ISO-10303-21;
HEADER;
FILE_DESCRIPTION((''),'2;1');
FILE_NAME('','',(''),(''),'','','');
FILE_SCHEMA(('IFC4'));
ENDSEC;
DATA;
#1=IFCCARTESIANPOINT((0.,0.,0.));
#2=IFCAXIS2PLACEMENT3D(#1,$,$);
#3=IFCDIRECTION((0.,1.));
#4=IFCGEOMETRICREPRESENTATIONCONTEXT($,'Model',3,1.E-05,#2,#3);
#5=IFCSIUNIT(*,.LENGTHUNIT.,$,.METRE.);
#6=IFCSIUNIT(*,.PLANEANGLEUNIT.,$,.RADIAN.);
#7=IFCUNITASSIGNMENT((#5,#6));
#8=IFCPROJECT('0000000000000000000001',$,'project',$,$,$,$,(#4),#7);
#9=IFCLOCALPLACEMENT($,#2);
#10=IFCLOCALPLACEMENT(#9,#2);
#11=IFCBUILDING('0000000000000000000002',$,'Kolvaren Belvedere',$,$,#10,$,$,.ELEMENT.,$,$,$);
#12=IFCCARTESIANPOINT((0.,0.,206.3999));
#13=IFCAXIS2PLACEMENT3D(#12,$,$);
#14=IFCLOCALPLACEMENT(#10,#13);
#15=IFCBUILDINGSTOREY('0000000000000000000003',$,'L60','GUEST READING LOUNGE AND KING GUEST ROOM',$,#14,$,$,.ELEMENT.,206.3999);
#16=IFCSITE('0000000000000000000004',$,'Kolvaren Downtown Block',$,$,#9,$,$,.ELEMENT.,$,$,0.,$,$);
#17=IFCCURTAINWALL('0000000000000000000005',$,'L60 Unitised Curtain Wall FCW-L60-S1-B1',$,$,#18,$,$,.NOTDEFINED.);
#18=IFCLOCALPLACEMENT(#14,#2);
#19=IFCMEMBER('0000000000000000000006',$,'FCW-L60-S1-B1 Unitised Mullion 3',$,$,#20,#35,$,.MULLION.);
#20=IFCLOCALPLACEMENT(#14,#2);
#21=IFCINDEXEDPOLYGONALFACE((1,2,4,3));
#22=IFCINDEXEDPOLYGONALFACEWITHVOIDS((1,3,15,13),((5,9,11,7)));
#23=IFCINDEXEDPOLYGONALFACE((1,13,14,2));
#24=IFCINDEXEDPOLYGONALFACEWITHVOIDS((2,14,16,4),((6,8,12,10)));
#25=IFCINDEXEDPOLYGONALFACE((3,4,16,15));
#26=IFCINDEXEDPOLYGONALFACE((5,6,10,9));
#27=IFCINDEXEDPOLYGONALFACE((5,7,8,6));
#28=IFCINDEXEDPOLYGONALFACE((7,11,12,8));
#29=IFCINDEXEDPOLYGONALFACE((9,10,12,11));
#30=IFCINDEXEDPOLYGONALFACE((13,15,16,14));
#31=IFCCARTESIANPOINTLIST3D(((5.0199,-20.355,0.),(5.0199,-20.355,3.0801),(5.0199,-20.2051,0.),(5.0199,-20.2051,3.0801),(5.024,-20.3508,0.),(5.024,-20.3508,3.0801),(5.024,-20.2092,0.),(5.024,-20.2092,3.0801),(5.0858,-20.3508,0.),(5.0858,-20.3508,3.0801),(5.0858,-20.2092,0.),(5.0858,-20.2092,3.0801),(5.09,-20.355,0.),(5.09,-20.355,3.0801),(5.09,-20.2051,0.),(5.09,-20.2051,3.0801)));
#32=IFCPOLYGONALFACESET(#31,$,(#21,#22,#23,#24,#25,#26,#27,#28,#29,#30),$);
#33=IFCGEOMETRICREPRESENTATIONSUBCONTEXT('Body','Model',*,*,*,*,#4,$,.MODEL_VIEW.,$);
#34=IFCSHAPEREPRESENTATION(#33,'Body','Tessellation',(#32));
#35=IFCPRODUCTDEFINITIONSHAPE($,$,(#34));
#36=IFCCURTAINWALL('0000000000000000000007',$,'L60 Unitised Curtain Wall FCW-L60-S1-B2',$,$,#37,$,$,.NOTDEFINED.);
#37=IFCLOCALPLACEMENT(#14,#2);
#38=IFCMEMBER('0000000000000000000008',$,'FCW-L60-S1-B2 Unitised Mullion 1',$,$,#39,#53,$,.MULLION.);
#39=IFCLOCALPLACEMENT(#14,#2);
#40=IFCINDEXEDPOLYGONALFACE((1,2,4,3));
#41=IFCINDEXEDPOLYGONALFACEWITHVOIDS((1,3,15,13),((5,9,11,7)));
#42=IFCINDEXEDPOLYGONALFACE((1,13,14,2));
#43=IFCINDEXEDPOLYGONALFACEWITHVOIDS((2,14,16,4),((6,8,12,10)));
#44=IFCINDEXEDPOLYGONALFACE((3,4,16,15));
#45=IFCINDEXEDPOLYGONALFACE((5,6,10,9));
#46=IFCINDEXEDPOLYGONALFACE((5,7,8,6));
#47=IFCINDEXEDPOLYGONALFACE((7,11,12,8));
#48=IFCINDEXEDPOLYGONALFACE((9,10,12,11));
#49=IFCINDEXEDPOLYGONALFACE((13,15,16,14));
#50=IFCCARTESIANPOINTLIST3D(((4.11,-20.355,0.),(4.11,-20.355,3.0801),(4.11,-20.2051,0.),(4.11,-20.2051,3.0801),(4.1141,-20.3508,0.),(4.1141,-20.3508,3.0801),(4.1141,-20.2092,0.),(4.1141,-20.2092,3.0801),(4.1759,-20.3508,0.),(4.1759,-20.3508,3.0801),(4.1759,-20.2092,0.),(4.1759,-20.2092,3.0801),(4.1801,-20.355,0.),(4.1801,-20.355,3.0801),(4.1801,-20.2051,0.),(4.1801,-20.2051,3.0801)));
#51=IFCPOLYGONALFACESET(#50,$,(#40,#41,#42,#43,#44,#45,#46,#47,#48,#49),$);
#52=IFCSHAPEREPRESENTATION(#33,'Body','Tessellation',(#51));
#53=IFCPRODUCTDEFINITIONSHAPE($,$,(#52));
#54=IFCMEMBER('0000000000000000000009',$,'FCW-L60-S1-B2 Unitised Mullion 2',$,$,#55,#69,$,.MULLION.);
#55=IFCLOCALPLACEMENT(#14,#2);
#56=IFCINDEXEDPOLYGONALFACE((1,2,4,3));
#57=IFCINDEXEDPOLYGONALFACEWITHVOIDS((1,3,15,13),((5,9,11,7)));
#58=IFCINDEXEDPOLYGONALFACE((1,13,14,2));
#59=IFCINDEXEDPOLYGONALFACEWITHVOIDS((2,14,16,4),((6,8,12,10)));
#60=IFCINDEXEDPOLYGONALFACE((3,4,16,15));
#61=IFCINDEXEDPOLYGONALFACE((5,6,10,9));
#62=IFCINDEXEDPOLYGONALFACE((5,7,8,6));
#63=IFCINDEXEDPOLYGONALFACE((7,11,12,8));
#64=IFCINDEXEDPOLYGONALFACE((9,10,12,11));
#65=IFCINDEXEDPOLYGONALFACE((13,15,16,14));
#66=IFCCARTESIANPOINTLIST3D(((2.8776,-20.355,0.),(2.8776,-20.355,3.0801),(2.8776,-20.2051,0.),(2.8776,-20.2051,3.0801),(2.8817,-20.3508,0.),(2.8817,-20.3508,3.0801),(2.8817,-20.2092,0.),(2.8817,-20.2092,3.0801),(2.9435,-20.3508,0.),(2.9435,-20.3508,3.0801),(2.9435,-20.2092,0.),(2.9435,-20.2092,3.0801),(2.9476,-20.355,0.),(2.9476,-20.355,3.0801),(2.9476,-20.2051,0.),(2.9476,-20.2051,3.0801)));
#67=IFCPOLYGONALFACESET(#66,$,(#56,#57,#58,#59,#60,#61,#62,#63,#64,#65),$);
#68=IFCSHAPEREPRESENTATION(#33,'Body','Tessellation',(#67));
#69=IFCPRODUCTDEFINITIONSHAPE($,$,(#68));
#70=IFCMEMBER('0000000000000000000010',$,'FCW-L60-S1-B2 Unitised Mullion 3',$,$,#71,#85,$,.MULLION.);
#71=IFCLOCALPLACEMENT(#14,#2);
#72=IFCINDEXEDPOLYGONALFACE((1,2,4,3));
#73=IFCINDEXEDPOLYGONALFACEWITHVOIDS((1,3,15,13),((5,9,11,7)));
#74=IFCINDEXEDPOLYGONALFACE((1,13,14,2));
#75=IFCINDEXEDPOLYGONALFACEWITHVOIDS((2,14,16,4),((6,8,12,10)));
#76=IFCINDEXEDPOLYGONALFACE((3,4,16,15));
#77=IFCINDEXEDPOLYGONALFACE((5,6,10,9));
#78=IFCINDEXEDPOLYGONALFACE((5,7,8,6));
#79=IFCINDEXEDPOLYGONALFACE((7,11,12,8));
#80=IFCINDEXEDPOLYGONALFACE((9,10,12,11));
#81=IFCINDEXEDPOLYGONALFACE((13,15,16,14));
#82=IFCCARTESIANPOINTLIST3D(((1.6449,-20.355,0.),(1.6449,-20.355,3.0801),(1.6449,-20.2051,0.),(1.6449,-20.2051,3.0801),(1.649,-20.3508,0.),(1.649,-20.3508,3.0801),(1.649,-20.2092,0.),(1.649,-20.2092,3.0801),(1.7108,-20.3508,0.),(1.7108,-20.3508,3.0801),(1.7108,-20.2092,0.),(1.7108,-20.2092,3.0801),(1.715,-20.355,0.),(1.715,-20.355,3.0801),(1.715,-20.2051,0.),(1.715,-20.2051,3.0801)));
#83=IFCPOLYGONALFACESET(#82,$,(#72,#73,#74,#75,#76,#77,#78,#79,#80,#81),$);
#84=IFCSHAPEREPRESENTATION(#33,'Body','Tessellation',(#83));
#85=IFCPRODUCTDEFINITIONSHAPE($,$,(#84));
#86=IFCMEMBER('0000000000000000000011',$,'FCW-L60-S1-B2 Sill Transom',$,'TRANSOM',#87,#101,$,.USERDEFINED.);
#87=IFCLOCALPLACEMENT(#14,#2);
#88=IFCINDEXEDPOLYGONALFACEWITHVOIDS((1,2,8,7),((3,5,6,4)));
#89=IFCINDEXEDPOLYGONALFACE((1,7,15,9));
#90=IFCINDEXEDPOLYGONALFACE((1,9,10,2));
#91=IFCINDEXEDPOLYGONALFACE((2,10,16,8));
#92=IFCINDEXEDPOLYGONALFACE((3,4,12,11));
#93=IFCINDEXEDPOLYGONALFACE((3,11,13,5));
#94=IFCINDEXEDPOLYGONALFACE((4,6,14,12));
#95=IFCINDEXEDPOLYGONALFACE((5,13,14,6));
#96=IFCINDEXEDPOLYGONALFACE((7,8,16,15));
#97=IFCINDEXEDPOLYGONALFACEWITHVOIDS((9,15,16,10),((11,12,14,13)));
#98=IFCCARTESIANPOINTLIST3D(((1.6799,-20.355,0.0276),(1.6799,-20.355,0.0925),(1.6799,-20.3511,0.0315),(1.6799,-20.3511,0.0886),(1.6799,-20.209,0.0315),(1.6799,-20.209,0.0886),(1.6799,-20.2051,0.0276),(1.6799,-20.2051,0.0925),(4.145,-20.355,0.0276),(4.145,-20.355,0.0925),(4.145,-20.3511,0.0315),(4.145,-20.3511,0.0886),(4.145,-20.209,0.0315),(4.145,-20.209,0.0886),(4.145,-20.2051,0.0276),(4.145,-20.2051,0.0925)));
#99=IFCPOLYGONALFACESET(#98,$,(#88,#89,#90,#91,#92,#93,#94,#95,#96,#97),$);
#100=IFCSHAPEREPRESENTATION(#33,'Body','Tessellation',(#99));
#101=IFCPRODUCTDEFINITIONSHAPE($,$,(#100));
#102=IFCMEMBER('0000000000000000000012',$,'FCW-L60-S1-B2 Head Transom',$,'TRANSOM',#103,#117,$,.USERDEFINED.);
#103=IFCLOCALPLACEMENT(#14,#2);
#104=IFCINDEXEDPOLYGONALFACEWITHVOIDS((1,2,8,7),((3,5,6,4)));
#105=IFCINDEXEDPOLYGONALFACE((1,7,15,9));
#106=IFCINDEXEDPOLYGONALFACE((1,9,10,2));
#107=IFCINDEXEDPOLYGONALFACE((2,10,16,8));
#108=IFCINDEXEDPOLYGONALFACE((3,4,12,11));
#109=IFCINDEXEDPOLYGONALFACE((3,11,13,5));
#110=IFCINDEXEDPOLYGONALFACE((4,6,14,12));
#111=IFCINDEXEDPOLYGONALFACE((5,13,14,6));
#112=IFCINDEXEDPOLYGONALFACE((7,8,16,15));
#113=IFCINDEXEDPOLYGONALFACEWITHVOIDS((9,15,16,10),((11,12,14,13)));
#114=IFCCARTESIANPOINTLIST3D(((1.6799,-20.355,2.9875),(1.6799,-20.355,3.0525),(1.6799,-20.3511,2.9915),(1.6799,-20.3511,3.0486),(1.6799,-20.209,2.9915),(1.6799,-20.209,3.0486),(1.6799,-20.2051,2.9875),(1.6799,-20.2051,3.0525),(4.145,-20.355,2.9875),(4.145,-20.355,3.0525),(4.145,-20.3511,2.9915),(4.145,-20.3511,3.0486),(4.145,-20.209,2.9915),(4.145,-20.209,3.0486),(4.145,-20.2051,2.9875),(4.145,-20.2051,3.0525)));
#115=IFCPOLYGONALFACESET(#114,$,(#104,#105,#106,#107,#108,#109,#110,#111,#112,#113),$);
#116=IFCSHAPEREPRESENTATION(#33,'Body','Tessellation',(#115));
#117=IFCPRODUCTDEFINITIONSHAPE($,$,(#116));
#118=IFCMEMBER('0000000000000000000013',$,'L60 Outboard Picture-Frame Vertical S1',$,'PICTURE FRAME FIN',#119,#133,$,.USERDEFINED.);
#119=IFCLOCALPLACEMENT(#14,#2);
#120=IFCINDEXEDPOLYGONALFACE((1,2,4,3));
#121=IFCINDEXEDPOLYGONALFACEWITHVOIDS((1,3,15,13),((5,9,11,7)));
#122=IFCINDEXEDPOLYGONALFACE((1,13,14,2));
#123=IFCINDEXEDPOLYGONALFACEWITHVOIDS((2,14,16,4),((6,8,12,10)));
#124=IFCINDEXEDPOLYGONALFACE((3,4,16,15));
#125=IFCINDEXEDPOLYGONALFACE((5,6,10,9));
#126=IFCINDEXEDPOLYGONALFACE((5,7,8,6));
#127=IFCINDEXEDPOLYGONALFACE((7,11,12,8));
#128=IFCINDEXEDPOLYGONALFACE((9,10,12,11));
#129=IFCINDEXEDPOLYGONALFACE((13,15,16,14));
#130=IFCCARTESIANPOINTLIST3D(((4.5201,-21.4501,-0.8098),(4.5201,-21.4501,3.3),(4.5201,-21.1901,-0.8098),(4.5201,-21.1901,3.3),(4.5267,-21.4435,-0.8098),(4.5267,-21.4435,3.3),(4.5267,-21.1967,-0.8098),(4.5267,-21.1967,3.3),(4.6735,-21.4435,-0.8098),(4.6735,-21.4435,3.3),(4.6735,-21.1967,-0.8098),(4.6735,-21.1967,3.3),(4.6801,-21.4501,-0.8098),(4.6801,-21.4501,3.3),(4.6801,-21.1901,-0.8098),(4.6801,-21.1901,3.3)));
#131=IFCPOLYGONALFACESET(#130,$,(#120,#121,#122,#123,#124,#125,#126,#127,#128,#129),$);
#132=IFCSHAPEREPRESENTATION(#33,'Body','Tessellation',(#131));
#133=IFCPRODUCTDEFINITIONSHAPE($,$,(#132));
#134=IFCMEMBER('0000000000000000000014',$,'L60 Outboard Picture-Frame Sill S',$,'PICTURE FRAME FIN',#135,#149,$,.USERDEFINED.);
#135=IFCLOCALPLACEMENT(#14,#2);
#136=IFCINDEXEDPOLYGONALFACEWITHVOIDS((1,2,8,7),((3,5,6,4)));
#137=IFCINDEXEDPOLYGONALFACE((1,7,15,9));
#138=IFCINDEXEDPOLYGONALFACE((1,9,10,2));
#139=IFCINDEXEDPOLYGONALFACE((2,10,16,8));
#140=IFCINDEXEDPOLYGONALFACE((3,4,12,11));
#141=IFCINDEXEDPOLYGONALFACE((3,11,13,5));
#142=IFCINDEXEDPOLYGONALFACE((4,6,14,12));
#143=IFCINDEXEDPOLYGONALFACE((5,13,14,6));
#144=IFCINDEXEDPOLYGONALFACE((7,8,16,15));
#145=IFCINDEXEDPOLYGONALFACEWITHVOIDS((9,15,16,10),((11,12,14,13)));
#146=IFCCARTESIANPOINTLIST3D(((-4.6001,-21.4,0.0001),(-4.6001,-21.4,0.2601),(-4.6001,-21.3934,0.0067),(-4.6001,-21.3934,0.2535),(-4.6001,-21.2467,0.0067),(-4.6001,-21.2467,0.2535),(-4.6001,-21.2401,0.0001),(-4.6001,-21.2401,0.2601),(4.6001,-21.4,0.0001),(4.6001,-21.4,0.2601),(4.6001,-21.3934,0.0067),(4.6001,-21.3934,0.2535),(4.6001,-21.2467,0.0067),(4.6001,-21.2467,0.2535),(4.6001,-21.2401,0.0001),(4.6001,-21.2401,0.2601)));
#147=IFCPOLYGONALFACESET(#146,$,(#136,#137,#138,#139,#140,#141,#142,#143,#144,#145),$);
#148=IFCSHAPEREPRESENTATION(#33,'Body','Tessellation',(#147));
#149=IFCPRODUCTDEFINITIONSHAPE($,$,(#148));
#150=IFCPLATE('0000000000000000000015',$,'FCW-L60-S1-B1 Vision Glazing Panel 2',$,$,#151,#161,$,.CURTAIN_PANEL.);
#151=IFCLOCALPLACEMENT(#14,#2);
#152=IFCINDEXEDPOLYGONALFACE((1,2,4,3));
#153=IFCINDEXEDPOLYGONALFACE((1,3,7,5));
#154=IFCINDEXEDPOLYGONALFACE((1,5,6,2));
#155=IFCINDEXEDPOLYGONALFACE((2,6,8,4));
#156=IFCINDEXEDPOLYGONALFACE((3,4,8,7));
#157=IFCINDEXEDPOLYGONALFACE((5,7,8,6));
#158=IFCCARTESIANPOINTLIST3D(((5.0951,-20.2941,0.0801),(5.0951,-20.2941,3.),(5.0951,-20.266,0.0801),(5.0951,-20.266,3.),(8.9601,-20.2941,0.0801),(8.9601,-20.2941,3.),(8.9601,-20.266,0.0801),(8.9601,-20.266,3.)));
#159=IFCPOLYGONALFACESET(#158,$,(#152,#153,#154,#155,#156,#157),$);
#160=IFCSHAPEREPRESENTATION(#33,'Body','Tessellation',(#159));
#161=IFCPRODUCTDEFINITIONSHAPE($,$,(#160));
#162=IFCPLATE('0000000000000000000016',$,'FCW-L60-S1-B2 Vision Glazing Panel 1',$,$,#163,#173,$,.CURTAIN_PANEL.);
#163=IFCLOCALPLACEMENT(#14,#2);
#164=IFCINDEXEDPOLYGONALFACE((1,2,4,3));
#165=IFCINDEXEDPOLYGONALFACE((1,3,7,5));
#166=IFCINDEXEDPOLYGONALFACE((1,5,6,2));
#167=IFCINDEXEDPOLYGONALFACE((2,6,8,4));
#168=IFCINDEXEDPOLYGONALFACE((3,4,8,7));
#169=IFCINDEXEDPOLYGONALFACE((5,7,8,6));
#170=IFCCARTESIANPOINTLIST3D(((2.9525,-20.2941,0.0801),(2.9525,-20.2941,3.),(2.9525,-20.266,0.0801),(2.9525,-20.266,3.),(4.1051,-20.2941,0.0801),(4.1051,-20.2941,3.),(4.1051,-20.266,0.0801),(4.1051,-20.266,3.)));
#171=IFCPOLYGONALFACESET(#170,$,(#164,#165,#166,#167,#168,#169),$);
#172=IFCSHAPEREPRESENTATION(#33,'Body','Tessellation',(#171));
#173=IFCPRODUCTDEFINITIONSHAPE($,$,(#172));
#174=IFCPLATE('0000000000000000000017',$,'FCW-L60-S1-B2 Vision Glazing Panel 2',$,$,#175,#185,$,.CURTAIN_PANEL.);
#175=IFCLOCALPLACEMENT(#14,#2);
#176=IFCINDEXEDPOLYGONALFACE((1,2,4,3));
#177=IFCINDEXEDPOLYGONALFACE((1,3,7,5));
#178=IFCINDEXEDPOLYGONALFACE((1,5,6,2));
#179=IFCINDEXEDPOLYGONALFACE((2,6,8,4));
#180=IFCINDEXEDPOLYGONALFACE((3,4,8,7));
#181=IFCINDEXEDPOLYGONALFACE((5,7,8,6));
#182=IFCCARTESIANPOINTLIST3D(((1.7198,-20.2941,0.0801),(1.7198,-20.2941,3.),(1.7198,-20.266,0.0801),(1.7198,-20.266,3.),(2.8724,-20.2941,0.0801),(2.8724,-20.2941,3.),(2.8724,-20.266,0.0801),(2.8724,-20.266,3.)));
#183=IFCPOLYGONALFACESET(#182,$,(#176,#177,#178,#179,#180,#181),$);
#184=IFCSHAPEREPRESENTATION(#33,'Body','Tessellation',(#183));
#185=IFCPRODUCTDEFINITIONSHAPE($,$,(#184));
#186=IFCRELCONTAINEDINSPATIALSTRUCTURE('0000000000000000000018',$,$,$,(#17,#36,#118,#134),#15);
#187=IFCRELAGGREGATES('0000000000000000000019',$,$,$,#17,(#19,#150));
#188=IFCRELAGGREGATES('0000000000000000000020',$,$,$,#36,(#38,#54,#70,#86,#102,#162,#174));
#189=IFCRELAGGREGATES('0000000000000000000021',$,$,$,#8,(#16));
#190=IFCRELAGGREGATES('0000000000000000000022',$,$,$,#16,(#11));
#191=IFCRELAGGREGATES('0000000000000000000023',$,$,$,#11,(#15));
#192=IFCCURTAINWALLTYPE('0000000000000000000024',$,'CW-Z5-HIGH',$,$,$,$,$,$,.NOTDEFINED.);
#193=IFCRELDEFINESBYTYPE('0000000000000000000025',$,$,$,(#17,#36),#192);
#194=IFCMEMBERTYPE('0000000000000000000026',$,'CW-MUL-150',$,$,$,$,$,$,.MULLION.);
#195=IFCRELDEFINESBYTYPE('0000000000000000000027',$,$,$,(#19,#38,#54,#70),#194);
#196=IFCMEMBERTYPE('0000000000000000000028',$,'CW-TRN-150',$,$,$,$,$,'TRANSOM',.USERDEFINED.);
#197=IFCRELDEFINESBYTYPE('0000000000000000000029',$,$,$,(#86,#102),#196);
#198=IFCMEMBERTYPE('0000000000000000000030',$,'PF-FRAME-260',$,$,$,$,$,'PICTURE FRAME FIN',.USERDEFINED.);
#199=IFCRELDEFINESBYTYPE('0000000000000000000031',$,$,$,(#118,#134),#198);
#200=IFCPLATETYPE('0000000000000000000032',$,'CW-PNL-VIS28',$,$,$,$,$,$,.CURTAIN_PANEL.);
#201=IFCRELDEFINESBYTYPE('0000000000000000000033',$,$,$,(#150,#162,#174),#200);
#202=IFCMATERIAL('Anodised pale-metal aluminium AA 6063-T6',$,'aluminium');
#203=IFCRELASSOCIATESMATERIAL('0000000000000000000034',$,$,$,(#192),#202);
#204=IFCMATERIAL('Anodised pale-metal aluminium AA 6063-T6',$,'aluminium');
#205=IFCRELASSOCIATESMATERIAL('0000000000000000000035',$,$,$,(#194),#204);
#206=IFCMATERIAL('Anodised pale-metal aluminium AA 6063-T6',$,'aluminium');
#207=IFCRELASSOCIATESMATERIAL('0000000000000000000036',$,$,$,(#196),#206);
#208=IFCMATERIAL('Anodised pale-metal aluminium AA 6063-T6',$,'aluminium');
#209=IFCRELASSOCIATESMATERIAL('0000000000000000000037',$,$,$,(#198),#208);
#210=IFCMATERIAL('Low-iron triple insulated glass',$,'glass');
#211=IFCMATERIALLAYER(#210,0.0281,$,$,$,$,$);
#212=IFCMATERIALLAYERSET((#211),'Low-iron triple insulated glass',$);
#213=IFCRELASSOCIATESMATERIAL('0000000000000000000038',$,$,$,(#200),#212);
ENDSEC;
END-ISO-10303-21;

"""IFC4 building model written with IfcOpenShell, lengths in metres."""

from ifc_helpers import new_model, si_unit, direction, frame, origin, origin_2d, place, context, subcontext, project, spatial, rectangle, hollow_rectangle, extrude, material, layer, layer_set, material_profile, profile_set, type_object, element, aggregate, save


model = new_model("IFC4")

# Units and contexts
model_context = context("Model", 3, precision=1e-05, world=origin(), true_north=direction((0.0, 1.0)))
body_context = subcontext(model_context, "Body", "Model", "MODEL_VIEW")
ifc_project = project(units=[si_unit("LENGTHUNIT", "METRE"), si_unit("PLANEANGLEUNIT", "RADIAN")], contexts=[model_context])

# Site, building, storey
site_placement = place(None, origin())
site = spatial("IfcSite", under=ifc_project, at=site_placement, Name="Kolvaren Downtown Block", CompositionType="ELEMENT", RefElevation=0.0)
building_placement = place(site_placement, origin())
building = spatial("IfcBuilding", under=site, at=building_placement, Name="Kolvaren Belvedere", CompositionType="ELEMENT")
storey_placement = place(building_placement, frame((0.0, 0.0, 206.3999)))
storey = spatial("IfcBuildingStorey", under=building, at=storey_placement, Name="L60", Description="GUEST READING LOUNGE AND KING GUEST ROOM", CompositionType="ELEMENT", Elevation=206.3999)

# Curtain wall, member
ifc_material_1 = material(Name="Anodised pale-metal aluminium AA 6063-T6", Category="aluminium")
curtain_wall_type = type_object("IfcCurtainWallType", Name="CW-Z5-HIGH", PredefinedType="NOTDEFINED", material=ifc_material_1)
curtain_wall_1_placement = place(storey_placement, origin())
curtain_wall_1 = element("IfcCurtainWall", 1, at=curtain_wall_1_placement, inside=storey, type_object=curtain_wall_type, Name="L60 Unitised Curtain Wall FCW-L60-S1-B1", PredefinedType="NOTDEFINED")
ifc_material_2 = material(Name="Anodised pale-metal aluminium AA 6063-T6", Category="aluminium")
ifc_material_profile_1 = material_profile(ifc_material_2, hollow_rectangle(XDim=0.0701, YDim=0.1499, WallThickness=0.0042, at=origin_2d()), Name="ALU-MUL-150X70")
ifc_profile_set_1 = profile_set([ifc_material_profile_1], Name="Anodised pale-metal aluminium AA 6063-T6")
member_type_1 = type_object("IfcMemberType", Name="CW-MUL-150", PredefinedType="MULLION", material=ifc_profile_set_1)
member_1_placement = place(storey_placement, frame((5.0549, -20.28, 0.0), z_axis=(0.0, 0.0, 1.0), x_axis=(1.0, 0.0, 0.0)))
member_1 = element("IfcMember", 2, at=member_1_placement, type_object=member_type_1, Name="FCW-L60-S1-B1 Unitised Mullion 3", PredefinedType="MULLION", context=body_context, shape_type="SweptSolid", body=[
    extrude(hollow_rectangle(XDim=0.0701, YDim=0.1499, WallThickness=0.0042, at=origin_2d()), origin(), (0.0, 0.0, 1.0), 3.0801),
])

# Curtain wall, members
curtain_wall_2_placement = place(storey_placement, origin())
curtain_wall_2 = element("IfcCurtainWall", 3, at=curtain_wall_2_placement, inside=storey, type_object=curtain_wall_type, Name="L60 Unitised Curtain Wall FCW-L60-S1-B2", PredefinedType="NOTDEFINED")
member_2_placement = place(storey_placement, frame((4.145, -20.28, 0.0), z_axis=(0.0, 0.0, 1.0), x_axis=(1.0, 0.0, 0.0)))
member_2 = element("IfcMember", 4, at=member_2_placement, type_object=member_type_1, Name="FCW-L60-S1-B2 Unitised Mullion 1", PredefinedType="MULLION", context=body_context, shape_type="SweptSolid", body=[
    extrude(hollow_rectangle(XDim=0.0701, YDim=0.1499, WallThickness=0.0042, at=origin_2d()), origin(), (0.0, 0.0, 1.0), 3.0801),
])
member_3_placement = place(storey_placement, frame((2.9126, -20.28, 0.0), z_axis=(0.0, 0.0, 1.0), x_axis=(1.0, 0.0, 0.0)))
member_3 = element("IfcMember", 5, at=member_3_placement, type_object=member_type_1, Name="FCW-L60-S1-B2 Unitised Mullion 2", PredefinedType="MULLION", context=body_context, shape_type="SweptSolid", body=[
    extrude(hollow_rectangle(XDim=0.0701, YDim=0.1499, WallThickness=0.0042, at=origin_2d()), origin(), (0.0, 0.0, 1.0), 3.0801),
])
member_4_placement = place(storey_placement, frame((1.6799, -20.28, 0.0), z_axis=(0.0, 0.0, 1.0), x_axis=(1.0, 0.0, 0.0)))
member_4 = element("IfcMember", 6, at=member_4_placement, type_object=member_type_1, Name="FCW-L60-S1-B2 Unitised Mullion 3", PredefinedType="MULLION", context=body_context, shape_type="SweptSolid", body=[
    extrude(hollow_rectangle(XDim=0.0701, YDim=0.1499, WallThickness=0.0042, at=origin_2d()), origin(), (0.0, 0.0, 1.0), 3.0801),
])
ifc_material_3 = material(Name="Anodised pale-metal aluminium AA 6063-T6", Category="aluminium")
ifc_material_profile_2 = material_profile(ifc_material_3, hollow_rectangle(XDim=0.0649, YDim=0.1499, WallThickness=0.0039, at=origin_2d()), Name="ALU-TRN-150X65")
ifc_profile_set_2 = profile_set([ifc_material_profile_2], Name="Anodised pale-metal aluminium AA 6063-T6")
member_type_2 = type_object("IfcMemberType", Name="CW-TRN-150", ElementType="TRANSOM", PredefinedType="USERDEFINED", material=ifc_profile_set_2)
member_5_placement = place(storey_placement, frame((4.145, -20.28, 0.0601), z_axis=(-1.0, 0.0, 0.0), x_axis=(0.0, 0.0, 1.0)))
member_5 = element("IfcMember", 7, at=member_5_placement, type_object=member_type_2, Name="FCW-L60-S1-B2 Sill Transom", ObjectType="TRANSOM", PredefinedType="USERDEFINED", context=body_context, shape_type="SweptSolid", body=[
    extrude(hollow_rectangle(XDim=0.0649, YDim=0.1499, WallThickness=0.0039, at=origin_2d()), origin(), (0.0, 0.0, 1.0), 2.4651),
])
member_6_placement = place(storey_placement, frame((4.145, -20.28, 3.02), z_axis=(-1.0, 0.0, 0.0), x_axis=(0.0, 0.0, 1.0)))
member_6 = element("IfcMember", 8, at=member_6_placement, type_object=member_type_2, Name="FCW-L60-S1-B2 Head Transom", ObjectType="TRANSOM", PredefinedType="USERDEFINED", context=body_context, shape_type="SweptSolid", body=[
    extrude(hollow_rectangle(XDim=0.0649, YDim=0.1499, WallThickness=0.0039, at=origin_2d()), origin(), (0.0, 0.0, 1.0), 2.4651),
])

# Members
ifc_material_4 = material(Name="Anodised pale-metal aluminium AA 6063-T6", Category="aluminium")
ifc_material_profile_3 = material_profile(ifc_material_4, hollow_rectangle(XDim=0.1599, YDim=0.26, WallThickness=0.0066, at=origin_2d()), Name="ALU-PF-260X160")
ifc_profile_set_3 = profile_set([ifc_material_profile_3], Name="Anodised pale-metal aluminium AA 6063-T6")
member_type_3 = type_object("IfcMemberType", Name="PF-FRAME-260", ElementType="PICTURE FRAME FIN", PredefinedType="USERDEFINED", material=ifc_profile_set_3)
member_7_placement = place(storey_placement, frame((4.6001, -21.3201, -0.8098), z_axis=(0.0, 0.0, 1.0), x_axis=(1.0, 0.0, 0.0)))
element("IfcMember", 9, at=member_7_placement, inside=storey, type_object=member_type_3, Name="L60 Outboard Picture-Frame Vertical S1", ObjectType="PICTURE FRAME FIN", PredefinedType="USERDEFINED", context=body_context, shape_type="SweptSolid", body=[
    extrude(hollow_rectangle(XDim=0.1599, YDim=0.26, WallThickness=0.0066, at=origin_2d()), origin(), (0.0, 0.0, 1.0), 4.1099),
])
member_8_placement = place(storey_placement, frame((4.6001, -21.3201, 0.1301), z_axis=(-1.0, 0.0, 0.0), x_axis=(0.0, -1.0, 0.0)))
element("IfcMember", 10, at=member_8_placement, inside=storey, type_object=member_type_3, Name="L60 Outboard Picture-Frame Sill S", ObjectType="PICTURE FRAME FIN", PredefinedType="USERDEFINED", context=body_context, shape_type="SweptSolid", body=[
    extrude(hollow_rectangle(XDim=0.1599, YDim=0.26, WallThickness=0.0066, at=origin_2d()), origin(), (0.0, 0.0, 1.0), 9.2002),
])

# Plates
ifc_material_5 = material(Name="Low-iron triple insulated glass", Category="glass")
ifc_layer_1 = layer(ifc_material_5, 0.0281)
ifc_layer_set_1 = layer_set([ifc_layer_1], Name="Low-iron triple insulated glass")
plate_type_1 = type_object("IfcPlateType", Name="CW-PNL-VIS28", PredefinedType="CURTAIN_PANEL", material=ifc_layer_set_1)
plate_1_placement = place(storey_placement, frame((7.0276, -20.28, 0.0801), z_axis=(0.0, 0.0, 1.0), x_axis=(-1.0, 0.0, 0.0)))
plate_1 = element("IfcPlate", 11, at=plate_1_placement, type_object=plate_type_1, Name="FCW-L60-S1-B1 Vision Glazing Panel 2", PredefinedType="CURTAIN_PANEL", context=body_context, shape_type="SweptSolid", body=[
    extrude(rectangle(XDim=3.865, YDim=0.0281, at=origin_2d()), origin(), (0.0, 0.0, 1.0), 2.9199),
])
aggregate(curtain_wall_1, [member_1, plate_1])
plate_2_placement = place(storey_placement, frame((3.5288, -20.28, 0.0801), z_axis=(0.0, 0.0, 1.0), x_axis=(-1.0, 0.0, 0.0)))
plate_2 = element("IfcPlate", 12, at=plate_2_placement, type_object=plate_type_1, Name="FCW-L60-S1-B2 Vision Glazing Panel 1", PredefinedType="CURTAIN_PANEL", context=body_context, shape_type="SweptSolid", body=[
    extrude(rectangle(XDim=1.1526, YDim=0.0281, at=origin_2d()), origin(), (0.0, 0.0, 1.0), 2.9199),
])
plate_3_placement = place(storey_placement, frame((2.2961, -20.28, 0.0801), z_axis=(0.0, 0.0, 1.0), x_axis=(-1.0, 0.0, 0.0)))
plate_3 = element("IfcPlate", 13, at=plate_3_placement, type_object=plate_type_1, Name="FCW-L60-S1-B2 Vision Glazing Panel 2", PredefinedType="CURTAIN_PANEL", context=body_context, shape_type="SweptSolid", body=[
    extrude(rectangle(XDim=1.1526, YDim=0.0281, at=origin_2d()), origin(), (0.0, 0.0, 1.0), 2.9199),
])
aggregate(curtain_wall_2, [member_2, member_3, member_4, member_5, member_6, plate_2, plate_3])

save(model, "model.ifc")
